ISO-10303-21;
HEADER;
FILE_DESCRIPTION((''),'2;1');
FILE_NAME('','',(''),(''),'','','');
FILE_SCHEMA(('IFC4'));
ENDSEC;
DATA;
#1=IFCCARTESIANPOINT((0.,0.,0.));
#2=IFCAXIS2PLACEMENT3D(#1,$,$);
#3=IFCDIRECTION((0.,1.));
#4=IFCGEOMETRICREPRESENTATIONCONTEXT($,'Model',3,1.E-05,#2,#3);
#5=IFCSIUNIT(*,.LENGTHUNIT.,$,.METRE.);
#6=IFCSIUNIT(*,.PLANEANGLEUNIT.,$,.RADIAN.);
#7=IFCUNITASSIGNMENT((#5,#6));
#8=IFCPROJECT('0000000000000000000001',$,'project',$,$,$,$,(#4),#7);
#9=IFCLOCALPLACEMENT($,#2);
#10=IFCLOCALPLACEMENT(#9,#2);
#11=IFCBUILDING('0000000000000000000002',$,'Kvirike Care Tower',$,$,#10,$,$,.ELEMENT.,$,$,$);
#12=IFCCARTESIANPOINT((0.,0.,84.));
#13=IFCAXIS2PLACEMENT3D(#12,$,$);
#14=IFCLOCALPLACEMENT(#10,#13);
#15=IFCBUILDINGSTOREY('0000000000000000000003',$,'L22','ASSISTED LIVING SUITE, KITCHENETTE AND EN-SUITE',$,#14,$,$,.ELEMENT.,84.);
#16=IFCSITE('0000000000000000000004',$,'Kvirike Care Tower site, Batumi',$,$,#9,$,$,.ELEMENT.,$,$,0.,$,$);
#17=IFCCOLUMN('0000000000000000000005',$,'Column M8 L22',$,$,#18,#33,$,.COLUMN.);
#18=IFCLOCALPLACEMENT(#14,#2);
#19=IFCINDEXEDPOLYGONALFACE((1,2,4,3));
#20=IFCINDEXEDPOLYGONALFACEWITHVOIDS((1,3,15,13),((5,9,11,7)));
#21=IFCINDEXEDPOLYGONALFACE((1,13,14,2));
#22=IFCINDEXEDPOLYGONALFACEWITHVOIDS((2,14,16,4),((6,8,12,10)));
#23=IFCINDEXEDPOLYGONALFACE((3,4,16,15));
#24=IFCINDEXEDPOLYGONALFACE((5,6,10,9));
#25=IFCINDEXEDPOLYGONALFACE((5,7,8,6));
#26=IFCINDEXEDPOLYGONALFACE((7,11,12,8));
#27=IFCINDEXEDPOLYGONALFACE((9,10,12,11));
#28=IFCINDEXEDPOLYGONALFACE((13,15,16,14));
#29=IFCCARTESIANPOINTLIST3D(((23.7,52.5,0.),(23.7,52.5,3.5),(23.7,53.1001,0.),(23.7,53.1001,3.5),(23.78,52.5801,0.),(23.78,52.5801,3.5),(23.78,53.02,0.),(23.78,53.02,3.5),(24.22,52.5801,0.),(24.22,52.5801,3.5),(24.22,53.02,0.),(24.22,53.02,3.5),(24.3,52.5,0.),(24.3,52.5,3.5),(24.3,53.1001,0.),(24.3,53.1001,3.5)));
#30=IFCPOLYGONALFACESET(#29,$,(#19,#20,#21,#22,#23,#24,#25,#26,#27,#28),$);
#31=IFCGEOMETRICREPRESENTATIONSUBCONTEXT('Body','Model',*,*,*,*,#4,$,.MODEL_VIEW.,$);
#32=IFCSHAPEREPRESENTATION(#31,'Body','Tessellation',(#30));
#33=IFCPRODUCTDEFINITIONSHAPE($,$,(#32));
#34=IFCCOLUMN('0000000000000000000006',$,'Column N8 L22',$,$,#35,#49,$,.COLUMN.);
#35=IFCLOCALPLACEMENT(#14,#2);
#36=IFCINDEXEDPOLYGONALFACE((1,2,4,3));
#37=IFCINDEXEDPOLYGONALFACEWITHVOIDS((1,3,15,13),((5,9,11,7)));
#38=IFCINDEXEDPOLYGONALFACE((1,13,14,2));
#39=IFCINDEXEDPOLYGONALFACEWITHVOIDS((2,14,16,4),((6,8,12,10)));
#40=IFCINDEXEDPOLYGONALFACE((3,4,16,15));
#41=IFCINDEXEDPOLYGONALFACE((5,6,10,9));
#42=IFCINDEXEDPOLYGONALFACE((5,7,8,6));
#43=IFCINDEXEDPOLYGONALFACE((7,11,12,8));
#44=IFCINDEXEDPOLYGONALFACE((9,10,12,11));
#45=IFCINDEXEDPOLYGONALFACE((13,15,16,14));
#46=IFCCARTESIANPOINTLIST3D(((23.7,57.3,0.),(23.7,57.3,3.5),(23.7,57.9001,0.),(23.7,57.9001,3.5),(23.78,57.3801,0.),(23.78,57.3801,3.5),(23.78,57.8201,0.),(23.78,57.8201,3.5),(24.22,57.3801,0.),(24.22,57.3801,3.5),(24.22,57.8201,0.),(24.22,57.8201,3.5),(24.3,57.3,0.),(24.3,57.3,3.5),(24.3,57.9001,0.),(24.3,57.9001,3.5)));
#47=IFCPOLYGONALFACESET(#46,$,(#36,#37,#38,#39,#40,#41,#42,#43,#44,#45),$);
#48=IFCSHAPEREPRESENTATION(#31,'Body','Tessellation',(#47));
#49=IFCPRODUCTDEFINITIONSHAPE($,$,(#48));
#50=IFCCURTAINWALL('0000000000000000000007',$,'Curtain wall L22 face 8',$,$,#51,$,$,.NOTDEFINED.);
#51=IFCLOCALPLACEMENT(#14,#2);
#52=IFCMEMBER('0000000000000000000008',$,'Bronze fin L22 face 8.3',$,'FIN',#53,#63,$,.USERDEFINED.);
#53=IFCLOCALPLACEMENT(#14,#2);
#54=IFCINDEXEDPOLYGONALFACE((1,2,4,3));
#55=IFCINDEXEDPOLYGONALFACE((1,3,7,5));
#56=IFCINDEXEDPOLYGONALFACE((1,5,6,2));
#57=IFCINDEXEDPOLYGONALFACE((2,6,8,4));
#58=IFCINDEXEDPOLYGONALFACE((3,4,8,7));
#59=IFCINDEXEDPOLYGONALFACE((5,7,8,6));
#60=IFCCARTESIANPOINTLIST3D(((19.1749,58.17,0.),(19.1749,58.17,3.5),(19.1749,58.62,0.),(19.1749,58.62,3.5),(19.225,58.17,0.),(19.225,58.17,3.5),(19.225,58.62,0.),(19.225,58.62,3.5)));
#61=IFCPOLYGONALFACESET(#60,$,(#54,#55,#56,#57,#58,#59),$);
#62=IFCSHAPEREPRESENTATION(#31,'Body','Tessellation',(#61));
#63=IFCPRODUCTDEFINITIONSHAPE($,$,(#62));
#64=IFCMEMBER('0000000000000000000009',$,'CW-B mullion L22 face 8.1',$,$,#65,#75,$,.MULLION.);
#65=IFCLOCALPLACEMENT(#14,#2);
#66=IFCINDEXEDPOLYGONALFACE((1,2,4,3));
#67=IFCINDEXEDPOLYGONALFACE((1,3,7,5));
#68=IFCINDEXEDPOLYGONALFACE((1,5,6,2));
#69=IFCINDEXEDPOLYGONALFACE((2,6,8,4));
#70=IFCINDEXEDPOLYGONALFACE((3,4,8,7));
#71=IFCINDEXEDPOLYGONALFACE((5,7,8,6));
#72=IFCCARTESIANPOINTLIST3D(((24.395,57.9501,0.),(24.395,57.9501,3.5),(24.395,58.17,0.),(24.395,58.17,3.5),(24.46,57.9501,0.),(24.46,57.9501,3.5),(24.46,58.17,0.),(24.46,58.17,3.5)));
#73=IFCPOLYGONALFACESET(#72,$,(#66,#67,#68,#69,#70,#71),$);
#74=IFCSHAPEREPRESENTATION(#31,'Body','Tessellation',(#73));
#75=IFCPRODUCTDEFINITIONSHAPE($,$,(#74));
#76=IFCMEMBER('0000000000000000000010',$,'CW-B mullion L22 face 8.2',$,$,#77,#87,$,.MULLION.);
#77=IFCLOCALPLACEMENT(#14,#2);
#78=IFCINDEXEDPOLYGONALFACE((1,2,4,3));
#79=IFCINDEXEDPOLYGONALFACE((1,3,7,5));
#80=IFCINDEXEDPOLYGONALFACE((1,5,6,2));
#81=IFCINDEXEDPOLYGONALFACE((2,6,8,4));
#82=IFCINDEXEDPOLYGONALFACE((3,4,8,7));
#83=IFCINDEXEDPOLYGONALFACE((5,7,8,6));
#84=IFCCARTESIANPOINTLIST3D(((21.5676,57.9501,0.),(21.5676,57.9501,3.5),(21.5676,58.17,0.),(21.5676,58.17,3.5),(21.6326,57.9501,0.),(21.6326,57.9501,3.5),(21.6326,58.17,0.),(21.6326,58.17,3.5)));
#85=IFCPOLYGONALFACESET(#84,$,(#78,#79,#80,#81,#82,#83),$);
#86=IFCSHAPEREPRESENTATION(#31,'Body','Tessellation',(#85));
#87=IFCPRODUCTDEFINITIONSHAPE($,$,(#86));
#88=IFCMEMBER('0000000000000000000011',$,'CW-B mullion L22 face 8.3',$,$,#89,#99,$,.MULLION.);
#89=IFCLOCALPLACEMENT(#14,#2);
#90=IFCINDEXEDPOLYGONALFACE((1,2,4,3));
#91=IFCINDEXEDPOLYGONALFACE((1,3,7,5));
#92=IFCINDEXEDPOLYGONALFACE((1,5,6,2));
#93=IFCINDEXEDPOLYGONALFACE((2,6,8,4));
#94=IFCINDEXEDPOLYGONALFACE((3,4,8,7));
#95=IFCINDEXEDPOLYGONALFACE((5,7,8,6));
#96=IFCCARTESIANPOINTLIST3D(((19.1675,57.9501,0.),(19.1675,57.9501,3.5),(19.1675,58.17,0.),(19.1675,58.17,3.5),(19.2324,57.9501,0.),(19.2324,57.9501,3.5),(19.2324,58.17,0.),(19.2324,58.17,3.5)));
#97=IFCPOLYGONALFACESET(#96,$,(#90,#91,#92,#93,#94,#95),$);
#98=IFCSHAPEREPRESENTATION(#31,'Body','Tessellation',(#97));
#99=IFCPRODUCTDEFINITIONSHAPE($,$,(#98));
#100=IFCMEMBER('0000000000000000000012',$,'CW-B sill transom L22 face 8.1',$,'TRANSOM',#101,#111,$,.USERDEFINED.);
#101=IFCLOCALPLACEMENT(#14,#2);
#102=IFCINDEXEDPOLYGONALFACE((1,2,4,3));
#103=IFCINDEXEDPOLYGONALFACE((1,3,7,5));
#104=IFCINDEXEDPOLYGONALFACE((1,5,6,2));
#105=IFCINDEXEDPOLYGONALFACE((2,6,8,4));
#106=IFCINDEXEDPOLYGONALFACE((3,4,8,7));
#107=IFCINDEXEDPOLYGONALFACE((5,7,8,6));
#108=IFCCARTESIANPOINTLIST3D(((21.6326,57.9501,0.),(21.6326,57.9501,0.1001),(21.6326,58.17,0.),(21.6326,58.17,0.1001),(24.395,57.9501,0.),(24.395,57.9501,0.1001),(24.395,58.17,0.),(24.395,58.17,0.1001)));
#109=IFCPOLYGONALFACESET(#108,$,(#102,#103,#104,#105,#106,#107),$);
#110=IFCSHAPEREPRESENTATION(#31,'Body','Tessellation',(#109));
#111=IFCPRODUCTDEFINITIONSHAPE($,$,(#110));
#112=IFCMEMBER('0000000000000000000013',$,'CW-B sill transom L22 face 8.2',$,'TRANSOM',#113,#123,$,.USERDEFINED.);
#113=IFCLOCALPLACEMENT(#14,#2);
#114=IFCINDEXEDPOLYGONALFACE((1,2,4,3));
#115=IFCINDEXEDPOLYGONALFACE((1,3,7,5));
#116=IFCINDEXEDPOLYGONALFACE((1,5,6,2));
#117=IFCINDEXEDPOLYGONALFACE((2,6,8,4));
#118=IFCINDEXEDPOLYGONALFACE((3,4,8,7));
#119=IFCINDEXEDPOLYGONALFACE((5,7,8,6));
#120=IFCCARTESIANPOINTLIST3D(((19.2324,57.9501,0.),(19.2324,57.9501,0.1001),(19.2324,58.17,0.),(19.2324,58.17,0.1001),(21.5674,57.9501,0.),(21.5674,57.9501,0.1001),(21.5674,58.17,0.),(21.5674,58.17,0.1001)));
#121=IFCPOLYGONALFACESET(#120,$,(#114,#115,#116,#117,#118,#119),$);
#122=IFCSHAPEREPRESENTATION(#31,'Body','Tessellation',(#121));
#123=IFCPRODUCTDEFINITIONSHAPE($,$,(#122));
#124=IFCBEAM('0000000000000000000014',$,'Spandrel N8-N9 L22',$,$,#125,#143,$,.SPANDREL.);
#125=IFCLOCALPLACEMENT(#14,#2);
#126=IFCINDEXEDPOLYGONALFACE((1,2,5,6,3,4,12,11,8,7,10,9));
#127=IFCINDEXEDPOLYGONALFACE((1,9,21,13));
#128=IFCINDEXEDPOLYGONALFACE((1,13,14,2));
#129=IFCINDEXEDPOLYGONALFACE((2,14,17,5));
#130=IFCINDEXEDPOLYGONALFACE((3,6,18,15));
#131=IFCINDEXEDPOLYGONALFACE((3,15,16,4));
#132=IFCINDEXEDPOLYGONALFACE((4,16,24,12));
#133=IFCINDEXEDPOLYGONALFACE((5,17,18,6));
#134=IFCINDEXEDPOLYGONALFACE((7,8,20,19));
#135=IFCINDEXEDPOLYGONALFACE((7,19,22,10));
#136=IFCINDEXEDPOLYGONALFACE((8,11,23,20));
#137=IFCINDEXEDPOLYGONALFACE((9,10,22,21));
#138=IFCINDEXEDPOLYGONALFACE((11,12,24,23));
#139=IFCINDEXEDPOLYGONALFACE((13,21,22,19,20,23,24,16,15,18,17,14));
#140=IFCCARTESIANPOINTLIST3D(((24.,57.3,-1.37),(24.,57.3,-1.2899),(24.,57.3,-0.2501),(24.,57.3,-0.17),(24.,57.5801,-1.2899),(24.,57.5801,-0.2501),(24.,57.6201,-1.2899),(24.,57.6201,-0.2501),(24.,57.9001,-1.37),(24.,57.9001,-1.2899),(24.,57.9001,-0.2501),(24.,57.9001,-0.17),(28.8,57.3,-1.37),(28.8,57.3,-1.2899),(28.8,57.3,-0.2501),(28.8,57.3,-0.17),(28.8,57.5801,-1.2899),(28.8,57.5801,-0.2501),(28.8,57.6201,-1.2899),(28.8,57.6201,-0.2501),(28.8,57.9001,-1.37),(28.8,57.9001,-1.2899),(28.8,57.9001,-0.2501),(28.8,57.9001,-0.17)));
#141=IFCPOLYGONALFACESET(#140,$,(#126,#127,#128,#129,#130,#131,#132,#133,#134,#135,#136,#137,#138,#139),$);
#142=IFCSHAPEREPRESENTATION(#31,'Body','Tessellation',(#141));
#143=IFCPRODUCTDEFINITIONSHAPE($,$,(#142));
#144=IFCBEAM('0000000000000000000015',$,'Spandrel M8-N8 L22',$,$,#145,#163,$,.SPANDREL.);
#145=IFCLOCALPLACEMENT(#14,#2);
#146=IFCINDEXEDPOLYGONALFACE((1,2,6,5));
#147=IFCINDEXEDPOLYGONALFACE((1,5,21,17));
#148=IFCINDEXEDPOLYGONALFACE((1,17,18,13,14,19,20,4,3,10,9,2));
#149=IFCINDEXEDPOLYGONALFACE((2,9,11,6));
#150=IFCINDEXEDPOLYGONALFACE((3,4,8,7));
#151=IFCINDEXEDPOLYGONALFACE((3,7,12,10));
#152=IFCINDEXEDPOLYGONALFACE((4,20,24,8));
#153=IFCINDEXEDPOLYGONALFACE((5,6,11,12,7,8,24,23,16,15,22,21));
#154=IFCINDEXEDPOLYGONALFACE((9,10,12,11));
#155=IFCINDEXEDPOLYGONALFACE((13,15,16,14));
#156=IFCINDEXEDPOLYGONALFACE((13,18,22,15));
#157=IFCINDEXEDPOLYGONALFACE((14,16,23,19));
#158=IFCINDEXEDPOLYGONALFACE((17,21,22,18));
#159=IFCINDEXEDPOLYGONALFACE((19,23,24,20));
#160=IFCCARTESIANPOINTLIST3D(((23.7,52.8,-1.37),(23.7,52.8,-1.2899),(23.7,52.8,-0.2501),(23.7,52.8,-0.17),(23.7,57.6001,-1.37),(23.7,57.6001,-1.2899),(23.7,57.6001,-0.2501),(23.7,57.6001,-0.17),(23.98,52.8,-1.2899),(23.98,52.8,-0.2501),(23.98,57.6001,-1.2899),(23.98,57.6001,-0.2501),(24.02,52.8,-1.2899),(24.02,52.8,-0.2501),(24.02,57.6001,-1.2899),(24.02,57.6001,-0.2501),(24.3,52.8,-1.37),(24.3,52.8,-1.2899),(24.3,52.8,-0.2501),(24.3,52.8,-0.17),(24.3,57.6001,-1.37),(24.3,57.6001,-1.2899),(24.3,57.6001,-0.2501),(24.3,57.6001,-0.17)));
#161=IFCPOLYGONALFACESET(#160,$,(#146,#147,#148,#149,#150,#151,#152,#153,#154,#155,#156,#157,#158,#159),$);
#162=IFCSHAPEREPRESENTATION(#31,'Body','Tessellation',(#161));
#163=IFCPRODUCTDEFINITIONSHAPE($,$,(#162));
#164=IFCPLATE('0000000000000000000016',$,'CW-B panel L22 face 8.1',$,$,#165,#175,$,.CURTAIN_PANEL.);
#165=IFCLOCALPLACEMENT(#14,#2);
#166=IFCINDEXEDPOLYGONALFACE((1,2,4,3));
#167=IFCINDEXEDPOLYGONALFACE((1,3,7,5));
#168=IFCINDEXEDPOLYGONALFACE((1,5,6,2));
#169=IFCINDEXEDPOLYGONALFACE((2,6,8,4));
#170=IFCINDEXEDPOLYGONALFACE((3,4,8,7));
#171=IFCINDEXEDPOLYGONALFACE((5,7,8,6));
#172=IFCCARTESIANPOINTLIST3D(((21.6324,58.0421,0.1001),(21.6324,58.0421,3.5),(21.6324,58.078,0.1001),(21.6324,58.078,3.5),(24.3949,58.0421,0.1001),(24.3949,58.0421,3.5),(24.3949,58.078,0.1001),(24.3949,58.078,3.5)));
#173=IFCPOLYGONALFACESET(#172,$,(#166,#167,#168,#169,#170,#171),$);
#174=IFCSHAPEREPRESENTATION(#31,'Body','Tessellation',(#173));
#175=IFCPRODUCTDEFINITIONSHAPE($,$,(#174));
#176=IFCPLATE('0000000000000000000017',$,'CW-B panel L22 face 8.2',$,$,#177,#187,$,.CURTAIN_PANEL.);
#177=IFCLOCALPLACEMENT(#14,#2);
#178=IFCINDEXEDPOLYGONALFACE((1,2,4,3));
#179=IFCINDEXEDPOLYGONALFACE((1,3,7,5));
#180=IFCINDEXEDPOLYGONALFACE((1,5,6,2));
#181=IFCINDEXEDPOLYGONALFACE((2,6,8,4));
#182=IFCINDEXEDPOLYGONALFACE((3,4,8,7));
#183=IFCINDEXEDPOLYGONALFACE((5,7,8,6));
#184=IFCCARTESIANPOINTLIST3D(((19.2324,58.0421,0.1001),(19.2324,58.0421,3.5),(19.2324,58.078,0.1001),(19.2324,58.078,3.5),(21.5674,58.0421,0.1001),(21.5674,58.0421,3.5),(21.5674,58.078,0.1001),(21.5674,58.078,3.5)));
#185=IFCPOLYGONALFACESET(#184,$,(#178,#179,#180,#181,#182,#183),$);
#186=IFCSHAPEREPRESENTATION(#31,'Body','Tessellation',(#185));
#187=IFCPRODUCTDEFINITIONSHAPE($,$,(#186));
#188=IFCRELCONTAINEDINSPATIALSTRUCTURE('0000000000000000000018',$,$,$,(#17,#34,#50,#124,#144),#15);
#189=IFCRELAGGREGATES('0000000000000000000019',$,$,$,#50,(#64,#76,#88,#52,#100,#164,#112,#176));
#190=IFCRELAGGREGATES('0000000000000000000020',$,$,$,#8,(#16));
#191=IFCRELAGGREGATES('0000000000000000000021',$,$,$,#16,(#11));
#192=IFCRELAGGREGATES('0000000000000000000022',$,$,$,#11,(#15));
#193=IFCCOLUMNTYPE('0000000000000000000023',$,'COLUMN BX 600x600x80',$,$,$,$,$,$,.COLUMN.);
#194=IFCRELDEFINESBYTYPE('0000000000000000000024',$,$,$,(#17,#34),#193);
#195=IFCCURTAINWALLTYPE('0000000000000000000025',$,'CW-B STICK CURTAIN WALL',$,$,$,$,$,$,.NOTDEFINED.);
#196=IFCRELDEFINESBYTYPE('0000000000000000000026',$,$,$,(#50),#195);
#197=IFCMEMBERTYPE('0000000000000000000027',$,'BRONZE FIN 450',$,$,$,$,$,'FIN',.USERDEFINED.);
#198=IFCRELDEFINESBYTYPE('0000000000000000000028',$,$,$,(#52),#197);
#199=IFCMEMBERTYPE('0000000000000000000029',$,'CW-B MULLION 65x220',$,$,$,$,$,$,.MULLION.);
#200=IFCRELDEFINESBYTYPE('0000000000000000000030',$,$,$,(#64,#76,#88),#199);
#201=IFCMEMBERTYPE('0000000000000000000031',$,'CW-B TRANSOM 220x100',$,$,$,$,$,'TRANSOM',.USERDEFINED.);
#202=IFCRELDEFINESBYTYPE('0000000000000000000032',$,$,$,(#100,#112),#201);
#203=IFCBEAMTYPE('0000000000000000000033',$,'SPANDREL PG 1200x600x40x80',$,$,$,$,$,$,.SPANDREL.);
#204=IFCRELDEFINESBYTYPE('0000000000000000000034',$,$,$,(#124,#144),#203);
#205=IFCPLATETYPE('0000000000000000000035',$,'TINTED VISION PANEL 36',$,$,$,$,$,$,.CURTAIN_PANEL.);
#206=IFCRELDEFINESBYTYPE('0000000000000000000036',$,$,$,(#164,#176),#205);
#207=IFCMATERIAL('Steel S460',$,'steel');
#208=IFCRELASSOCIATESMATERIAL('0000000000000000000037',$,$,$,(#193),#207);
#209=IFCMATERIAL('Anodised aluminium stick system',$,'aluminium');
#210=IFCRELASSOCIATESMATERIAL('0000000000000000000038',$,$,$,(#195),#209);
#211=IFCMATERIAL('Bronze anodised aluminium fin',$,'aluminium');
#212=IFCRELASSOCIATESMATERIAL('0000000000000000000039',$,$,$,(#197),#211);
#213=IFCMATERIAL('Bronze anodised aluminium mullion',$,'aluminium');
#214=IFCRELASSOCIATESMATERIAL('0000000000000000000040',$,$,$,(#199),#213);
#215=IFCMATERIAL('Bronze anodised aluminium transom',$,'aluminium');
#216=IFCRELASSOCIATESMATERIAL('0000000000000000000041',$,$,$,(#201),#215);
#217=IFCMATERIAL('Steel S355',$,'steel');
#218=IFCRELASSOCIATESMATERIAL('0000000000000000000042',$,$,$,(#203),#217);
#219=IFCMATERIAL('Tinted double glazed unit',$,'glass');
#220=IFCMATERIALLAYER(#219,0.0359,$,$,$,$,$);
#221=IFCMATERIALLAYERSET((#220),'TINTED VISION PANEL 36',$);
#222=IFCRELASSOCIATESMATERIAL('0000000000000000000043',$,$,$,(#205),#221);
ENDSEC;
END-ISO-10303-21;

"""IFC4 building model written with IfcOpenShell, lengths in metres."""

from ifc_helpers import new_model, si_unit, direction, frame, origin, origin_2d, place, context, subcontext, project, spatial, rectangle, hollow_rectangle, i_section, extrude, material, layer, layer_set, material_profile, profile_set, type_object, element, aggregate, save


model = new_model("IFC4")

# Units and contexts
model_context = context("Model", 3, precision=1e-05, world=origin(), true_north=direction((0.0, 1.0)))
body_context = subcontext(model_context, "Body", "Model", "MODEL_VIEW")
ifc_project = project(units=[si_unit("LENGTHUNIT", "METRE"), si_unit("PLANEANGLEUNIT", "RADIAN")], contexts=[model_context])

# Site, building, storey
site_placement = place(None, origin())
site = spatial("IfcSite", under=ifc_project, at=site_placement, Name="Kvirike Care Tower site, Batumi", CompositionType="ELEMENT", RefElevation=0.0)
building_placement = place(site_placement, origin())
building = spatial("IfcBuilding", under=site, at=building_placement, Name="Kvirike Care Tower", CompositionType="ELEMENT")
storey_placement = place(building_placement, frame((0.0, 0.0, 84.0)))
storey = spatial("IfcBuildingStorey", under=building, at=storey_placement, Name="L22", Description="ASSISTED LIVING SUITE, KITCHENETTE AND EN-SUITE", CompositionType="ELEMENT", Elevation=84.0)

# Columns
ifc_material_1 = material(Name="Steel S460", Category="steel")
ifc_material_profile_1 = material_profile(ifc_material_1, hollow_rectangle(XDim=0.6001, YDim=0.6001, WallThickness=0.0801, at=origin_2d()), Name="BX 600x600x80")
ifc_profile_set_1 = profile_set([ifc_material_profile_1], Name="Steel S460")
column_type = type_object("IfcColumnType", Name="COLUMN BX 600x600x80", PredefinedType="COLUMN", material=ifc_profile_set_1)
for number, where, z_axis, x_axis, name in (
    (1, (24.0, 52.8, 0.0), (0.0, 0.0, 1.0), (0.0, 1.0, 0.0), "Column M8 L22"),
    (2, (24.0, 57.6001, 0.0), (0.0, 0.0, 1.0), (0.0, 1.0, 0.0), "Column N8 L22"),
):
    element("IfcColumn", number, at=place(storey_placement, frame(where, z_axis=z_axis, x_axis=x_axis)), inside=storey, type_object=column_type, Name=name, PredefinedType="COLUMN", context=body_context, shape_type="SweptSolid", body=[
        extrude(hollow_rectangle(XDim=0.6001, YDim=0.6001, WallThickness=0.0801, at=origin_2d()), origin(), (0.0, 0.0, 1.0), 3.5),
    ])

# Curtain wall, members
ifc_material_2 = material(Name="Anodised aluminium stick system", Category="aluminium")
curtain_wall_type = type_object("IfcCurtainWallType", Name="CW-B STICK CURTAIN WALL", PredefinedType="NOTDEFINED", material=ifc_material_2)
curtain_wall_placement = place(storey_placement, origin())
curtain_wall = element("IfcCurtainWall", 3, at=curtain_wall_placement, inside=storey, type_object=curtain_wall_type, Name="Curtain wall L22 face 8", PredefinedType="NOTDEFINED")
ifc_material_3 = material(Name="Bronze anodised aluminium fin", Category="aluminium")
ifc_material_profile_2 = material_profile(ifc_material_3, rectangle(XDim=0.05, YDim=0.45, at=origin_2d()), Name="BRONZE FIN 450")
ifc_profile_set_2 = profile_set([ifc_material_profile_2], Name="Bronze anodised aluminium fin")
member_type_1 = type_object("IfcMemberType", Name="BRONZE FIN 450", ElementType="FIN", PredefinedType="USERDEFINED", material=ifc_profile_set_2)
member_1_placement = place(storey_placement, frame((19.2, 58.395, 0.0), z_axis=(0.0, 0.0, 1.0), x_axis=(-1.0, 0.0, 0.0)))
member_1 = element("IfcMember", 4, at=member_1_placement, type_object=member_type_1, Name="Bronze fin L22 face 8.3", ObjectType="FIN", PredefinedType="USERDEFINED", context=body_context, shape_type="SweptSolid", body=[
    extrude(rectangle(XDim=0.05, YDim=0.45, at=origin_2d()), origin(), (0.0, 0.0, 1.0), 3.5),
])
ifc_material_4 = material(Name="Bronze anodised aluminium mullion", Category="aluminium")
ifc_material_profile_3 = material_profile(ifc_material_4, rectangle(XDim=0.0649, YDim=0.22, at=origin_2d()), Name="CW-B MULLION 65x220")
ifc_profile_set_3 = profile_set([ifc_material_profile_3], Name="Bronze anodised aluminium mullion")
member_type_2 = type_object("IfcMemberType", Name="CW-B MULLION 65x220", PredefinedType="MULLION", material=ifc_profile_set_3)
member_2_placement = place(storey_placement, frame((24.4275, 58.0601, 0.0), z_axis=(0.0, 0.0, 1.0), x_axis=(-1.0, 0.0, 0.0)))
member_2 = element("IfcMember", 5, at=member_2_placement, type_object=member_type_2, Name="CW-B mullion L22 face 8.1", PredefinedType="MULLION", context=body_context, shape_type="SweptSolid", body=[
    extrude(rectangle(XDim=0.0649, YDim=0.22, at=origin_2d()), origin(), (0.0, 0.0, 1.0), 3.5),
])
member_3_placement = place(storey_placement, frame((21.6001, 58.0601, 0.0), z_axis=(0.0, 0.0, 1.0), x_axis=(-1.0, 0.0, 0.0)))
member_3 = element("IfcMember", 6, at=member_3_placement, type_object=member_type_2, Name="CW-B mullion L22 face 8.2", PredefinedType="MULLION", context=body_context, shape_type="SweptSolid", body=[
    extrude(rectangle(XDim=0.0649, YDim=0.22, at=origin_2d()), origin(), (0.0, 0.0, 1.0), 3.5),
])
member_4_placement = place(storey_placement, frame((19.2, 58.0601, 0.0), z_axis=(0.0, 0.0, 1.0), x_axis=(-1.0, 0.0, 0.0)))
member_4 = element("IfcMember", 7, at=member_4_placement, type_object=member_type_2, Name="CW-B mullion L22 face 8.3", PredefinedType="MULLION", context=body_context, shape_type="SweptSolid", body=[
    extrude(rectangle(XDim=0.0649, YDim=0.22, at=origin_2d()), origin(), (0.0, 0.0, 1.0), 3.5),
])
ifc_material_5 = material(Name="Bronze anodised aluminium transom", Category="aluminium")
ifc_material_profile_4 = material_profile(ifc_material_5, rectangle(XDim=0.22, YDim=0.1001, at=origin_2d()), Name="CW-B TRANSOM 220x100")
ifc_profile_set_4 = profile_set([ifc_material_profile_4], Name="Bronze anodised aluminium transom")
member_type_3 = type_object("IfcMemberType", Name="CW-B TRANSOM 220x100", ElementType="TRANSOM", PredefinedType="USERDEFINED", material=ifc_profile_set_4)
member_5_placement = place(storey_placement, frame((24.395, 58.0601, 0.05), z_axis=(-1.0, 0.0, 0.0), x_axis=(0.0, -1.0, 0.0)))
member_5 = element("IfcMember", 8, at=member_5_placement, type_object=member_type_3, Name="CW-B sill transom L22 face 8.1", ObjectType="TRANSOM", PredefinedType="USERDEFINED", context=body_context, shape_type="SweptSolid", body=[
    extrude(rectangle(XDim=0.22, YDim=0.1001, at=origin_2d()), origin(), (0.0, 0.0, 1.0), 2.7625),
])
member_6_placement = place(storey_placement, frame((21.5674, 58.0601, 0.05), z_axis=(-1.0, 0.0, 0.0), x_axis=(0.0, -1.0, 0.0)))
member_6 = element("IfcMember", 9, at=member_6_placement, type_object=member_type_3, Name="CW-B sill transom L22 face 8.2", ObjectType="TRANSOM", PredefinedType="USERDEFINED", context=body_context, shape_type="SweptSolid", body=[
    extrude(rectangle(XDim=0.22, YDim=0.1001, at=origin_2d()), origin(), (0.0, 0.0, 1.0), 2.335),
])

# Beams
ifc_material_6 = material(Name="Steel S355", Category="steel")
ifc_material_profile_5 = material_profile(ifc_material_6, i_section(OverallWidth=0.6001, OverallDepth=1.2, WebThickness=0.04, FlangeThickness=0.0801, at=origin_2d()), Name="PG 1200x600x40x80")
ifc_profile_set_5 = profile_set([ifc_material_profile_5], Name="Steel S355")
beam_type = type_object("IfcBeamType", Name="SPANDREL PG 1200x600x40x80", PredefinedType="SPANDREL", material=ifc_profile_set_5)
for number, where, z_axis, x_axis, name in (
    (10, (24.0, 57.6001, -0.77), (1.0, 0.0, 0.0), (0.0, 1.0, 0.0), "Spandrel N8-N9 L22"),
    (11, (24.0, 52.8, -0.77), (0.0, 1.0, 0.0), (-1.0, 0.0, 0.0), "Spandrel M8-N8 L22"),
):
    element("IfcBeam", number, at=place(storey_placement, frame(where, z_axis=z_axis, x_axis=x_axis)), inside=storey, type_object=beam_type, Name=name, PredefinedType="SPANDREL", context=body_context, shape_type="SweptSolid", body=[
        extrude(i_section(OverallWidth=0.6001, OverallDepth=1.2, WebThickness=0.04, FlangeThickness=0.0801, at=origin_2d()), origin(), (0.0, 0.0, 1.0), 4.8),
    ])

# Plates
ifc_material_7 = material(Name="Tinted double glazed unit", Category="glass")
ifc_layer_1 = layer(ifc_material_7, 0.0359)
ifc_layer_set_1 = layer_set([ifc_layer_1], Name="TINTED VISION PANEL 36")
plate_type = type_object("IfcPlateType", Name="TINTED VISION PANEL 36", PredefinedType="CURTAIN_PANEL", material=ifc_layer_set_1)
plate_1_placement = place(storey_placement, frame((23.0137, 58.0601, 0.1001), z_axis=(0.0, 0.0, 1.0), x_axis=(-1.0, 0.0, 0.0)))
plate_1 = element("IfcPlate", 12, at=plate_1_placement, type_object=plate_type, Name="CW-B panel L22 face 8.1", PredefinedType="CURTAIN_PANEL", context=body_context, shape_type="SweptSolid", body=[
    extrude(rectangle(XDim=2.7625, YDim=0.0359, at=origin_2d()), origin(), (0.0, 0.0, 1.0), 3.3999),
])
plate_2_placement = place(storey_placement, frame((20.3999, 58.0601, 0.1001), z_axis=(0.0, 0.0, 1.0), x_axis=(-1.0, 0.0, 0.0)))
plate_2 = element("IfcPlate", 13, at=plate_2_placement, type_object=plate_type, Name="CW-B panel L22 face 8.2", PredefinedType="CURTAIN_PANEL", context=body_context, shape_type="SweptSolid", body=[
    extrude(rectangle(XDim=2.335, YDim=0.0359, at=origin_2d()), origin(), (0.0, 0.0, 1.0), 3.3999),
])
aggregate(curtain_wall, [member_2, member_3, member_4, member_1, member_5, plate_1, member_6, plate_2])

save(model, "model.ifc")
